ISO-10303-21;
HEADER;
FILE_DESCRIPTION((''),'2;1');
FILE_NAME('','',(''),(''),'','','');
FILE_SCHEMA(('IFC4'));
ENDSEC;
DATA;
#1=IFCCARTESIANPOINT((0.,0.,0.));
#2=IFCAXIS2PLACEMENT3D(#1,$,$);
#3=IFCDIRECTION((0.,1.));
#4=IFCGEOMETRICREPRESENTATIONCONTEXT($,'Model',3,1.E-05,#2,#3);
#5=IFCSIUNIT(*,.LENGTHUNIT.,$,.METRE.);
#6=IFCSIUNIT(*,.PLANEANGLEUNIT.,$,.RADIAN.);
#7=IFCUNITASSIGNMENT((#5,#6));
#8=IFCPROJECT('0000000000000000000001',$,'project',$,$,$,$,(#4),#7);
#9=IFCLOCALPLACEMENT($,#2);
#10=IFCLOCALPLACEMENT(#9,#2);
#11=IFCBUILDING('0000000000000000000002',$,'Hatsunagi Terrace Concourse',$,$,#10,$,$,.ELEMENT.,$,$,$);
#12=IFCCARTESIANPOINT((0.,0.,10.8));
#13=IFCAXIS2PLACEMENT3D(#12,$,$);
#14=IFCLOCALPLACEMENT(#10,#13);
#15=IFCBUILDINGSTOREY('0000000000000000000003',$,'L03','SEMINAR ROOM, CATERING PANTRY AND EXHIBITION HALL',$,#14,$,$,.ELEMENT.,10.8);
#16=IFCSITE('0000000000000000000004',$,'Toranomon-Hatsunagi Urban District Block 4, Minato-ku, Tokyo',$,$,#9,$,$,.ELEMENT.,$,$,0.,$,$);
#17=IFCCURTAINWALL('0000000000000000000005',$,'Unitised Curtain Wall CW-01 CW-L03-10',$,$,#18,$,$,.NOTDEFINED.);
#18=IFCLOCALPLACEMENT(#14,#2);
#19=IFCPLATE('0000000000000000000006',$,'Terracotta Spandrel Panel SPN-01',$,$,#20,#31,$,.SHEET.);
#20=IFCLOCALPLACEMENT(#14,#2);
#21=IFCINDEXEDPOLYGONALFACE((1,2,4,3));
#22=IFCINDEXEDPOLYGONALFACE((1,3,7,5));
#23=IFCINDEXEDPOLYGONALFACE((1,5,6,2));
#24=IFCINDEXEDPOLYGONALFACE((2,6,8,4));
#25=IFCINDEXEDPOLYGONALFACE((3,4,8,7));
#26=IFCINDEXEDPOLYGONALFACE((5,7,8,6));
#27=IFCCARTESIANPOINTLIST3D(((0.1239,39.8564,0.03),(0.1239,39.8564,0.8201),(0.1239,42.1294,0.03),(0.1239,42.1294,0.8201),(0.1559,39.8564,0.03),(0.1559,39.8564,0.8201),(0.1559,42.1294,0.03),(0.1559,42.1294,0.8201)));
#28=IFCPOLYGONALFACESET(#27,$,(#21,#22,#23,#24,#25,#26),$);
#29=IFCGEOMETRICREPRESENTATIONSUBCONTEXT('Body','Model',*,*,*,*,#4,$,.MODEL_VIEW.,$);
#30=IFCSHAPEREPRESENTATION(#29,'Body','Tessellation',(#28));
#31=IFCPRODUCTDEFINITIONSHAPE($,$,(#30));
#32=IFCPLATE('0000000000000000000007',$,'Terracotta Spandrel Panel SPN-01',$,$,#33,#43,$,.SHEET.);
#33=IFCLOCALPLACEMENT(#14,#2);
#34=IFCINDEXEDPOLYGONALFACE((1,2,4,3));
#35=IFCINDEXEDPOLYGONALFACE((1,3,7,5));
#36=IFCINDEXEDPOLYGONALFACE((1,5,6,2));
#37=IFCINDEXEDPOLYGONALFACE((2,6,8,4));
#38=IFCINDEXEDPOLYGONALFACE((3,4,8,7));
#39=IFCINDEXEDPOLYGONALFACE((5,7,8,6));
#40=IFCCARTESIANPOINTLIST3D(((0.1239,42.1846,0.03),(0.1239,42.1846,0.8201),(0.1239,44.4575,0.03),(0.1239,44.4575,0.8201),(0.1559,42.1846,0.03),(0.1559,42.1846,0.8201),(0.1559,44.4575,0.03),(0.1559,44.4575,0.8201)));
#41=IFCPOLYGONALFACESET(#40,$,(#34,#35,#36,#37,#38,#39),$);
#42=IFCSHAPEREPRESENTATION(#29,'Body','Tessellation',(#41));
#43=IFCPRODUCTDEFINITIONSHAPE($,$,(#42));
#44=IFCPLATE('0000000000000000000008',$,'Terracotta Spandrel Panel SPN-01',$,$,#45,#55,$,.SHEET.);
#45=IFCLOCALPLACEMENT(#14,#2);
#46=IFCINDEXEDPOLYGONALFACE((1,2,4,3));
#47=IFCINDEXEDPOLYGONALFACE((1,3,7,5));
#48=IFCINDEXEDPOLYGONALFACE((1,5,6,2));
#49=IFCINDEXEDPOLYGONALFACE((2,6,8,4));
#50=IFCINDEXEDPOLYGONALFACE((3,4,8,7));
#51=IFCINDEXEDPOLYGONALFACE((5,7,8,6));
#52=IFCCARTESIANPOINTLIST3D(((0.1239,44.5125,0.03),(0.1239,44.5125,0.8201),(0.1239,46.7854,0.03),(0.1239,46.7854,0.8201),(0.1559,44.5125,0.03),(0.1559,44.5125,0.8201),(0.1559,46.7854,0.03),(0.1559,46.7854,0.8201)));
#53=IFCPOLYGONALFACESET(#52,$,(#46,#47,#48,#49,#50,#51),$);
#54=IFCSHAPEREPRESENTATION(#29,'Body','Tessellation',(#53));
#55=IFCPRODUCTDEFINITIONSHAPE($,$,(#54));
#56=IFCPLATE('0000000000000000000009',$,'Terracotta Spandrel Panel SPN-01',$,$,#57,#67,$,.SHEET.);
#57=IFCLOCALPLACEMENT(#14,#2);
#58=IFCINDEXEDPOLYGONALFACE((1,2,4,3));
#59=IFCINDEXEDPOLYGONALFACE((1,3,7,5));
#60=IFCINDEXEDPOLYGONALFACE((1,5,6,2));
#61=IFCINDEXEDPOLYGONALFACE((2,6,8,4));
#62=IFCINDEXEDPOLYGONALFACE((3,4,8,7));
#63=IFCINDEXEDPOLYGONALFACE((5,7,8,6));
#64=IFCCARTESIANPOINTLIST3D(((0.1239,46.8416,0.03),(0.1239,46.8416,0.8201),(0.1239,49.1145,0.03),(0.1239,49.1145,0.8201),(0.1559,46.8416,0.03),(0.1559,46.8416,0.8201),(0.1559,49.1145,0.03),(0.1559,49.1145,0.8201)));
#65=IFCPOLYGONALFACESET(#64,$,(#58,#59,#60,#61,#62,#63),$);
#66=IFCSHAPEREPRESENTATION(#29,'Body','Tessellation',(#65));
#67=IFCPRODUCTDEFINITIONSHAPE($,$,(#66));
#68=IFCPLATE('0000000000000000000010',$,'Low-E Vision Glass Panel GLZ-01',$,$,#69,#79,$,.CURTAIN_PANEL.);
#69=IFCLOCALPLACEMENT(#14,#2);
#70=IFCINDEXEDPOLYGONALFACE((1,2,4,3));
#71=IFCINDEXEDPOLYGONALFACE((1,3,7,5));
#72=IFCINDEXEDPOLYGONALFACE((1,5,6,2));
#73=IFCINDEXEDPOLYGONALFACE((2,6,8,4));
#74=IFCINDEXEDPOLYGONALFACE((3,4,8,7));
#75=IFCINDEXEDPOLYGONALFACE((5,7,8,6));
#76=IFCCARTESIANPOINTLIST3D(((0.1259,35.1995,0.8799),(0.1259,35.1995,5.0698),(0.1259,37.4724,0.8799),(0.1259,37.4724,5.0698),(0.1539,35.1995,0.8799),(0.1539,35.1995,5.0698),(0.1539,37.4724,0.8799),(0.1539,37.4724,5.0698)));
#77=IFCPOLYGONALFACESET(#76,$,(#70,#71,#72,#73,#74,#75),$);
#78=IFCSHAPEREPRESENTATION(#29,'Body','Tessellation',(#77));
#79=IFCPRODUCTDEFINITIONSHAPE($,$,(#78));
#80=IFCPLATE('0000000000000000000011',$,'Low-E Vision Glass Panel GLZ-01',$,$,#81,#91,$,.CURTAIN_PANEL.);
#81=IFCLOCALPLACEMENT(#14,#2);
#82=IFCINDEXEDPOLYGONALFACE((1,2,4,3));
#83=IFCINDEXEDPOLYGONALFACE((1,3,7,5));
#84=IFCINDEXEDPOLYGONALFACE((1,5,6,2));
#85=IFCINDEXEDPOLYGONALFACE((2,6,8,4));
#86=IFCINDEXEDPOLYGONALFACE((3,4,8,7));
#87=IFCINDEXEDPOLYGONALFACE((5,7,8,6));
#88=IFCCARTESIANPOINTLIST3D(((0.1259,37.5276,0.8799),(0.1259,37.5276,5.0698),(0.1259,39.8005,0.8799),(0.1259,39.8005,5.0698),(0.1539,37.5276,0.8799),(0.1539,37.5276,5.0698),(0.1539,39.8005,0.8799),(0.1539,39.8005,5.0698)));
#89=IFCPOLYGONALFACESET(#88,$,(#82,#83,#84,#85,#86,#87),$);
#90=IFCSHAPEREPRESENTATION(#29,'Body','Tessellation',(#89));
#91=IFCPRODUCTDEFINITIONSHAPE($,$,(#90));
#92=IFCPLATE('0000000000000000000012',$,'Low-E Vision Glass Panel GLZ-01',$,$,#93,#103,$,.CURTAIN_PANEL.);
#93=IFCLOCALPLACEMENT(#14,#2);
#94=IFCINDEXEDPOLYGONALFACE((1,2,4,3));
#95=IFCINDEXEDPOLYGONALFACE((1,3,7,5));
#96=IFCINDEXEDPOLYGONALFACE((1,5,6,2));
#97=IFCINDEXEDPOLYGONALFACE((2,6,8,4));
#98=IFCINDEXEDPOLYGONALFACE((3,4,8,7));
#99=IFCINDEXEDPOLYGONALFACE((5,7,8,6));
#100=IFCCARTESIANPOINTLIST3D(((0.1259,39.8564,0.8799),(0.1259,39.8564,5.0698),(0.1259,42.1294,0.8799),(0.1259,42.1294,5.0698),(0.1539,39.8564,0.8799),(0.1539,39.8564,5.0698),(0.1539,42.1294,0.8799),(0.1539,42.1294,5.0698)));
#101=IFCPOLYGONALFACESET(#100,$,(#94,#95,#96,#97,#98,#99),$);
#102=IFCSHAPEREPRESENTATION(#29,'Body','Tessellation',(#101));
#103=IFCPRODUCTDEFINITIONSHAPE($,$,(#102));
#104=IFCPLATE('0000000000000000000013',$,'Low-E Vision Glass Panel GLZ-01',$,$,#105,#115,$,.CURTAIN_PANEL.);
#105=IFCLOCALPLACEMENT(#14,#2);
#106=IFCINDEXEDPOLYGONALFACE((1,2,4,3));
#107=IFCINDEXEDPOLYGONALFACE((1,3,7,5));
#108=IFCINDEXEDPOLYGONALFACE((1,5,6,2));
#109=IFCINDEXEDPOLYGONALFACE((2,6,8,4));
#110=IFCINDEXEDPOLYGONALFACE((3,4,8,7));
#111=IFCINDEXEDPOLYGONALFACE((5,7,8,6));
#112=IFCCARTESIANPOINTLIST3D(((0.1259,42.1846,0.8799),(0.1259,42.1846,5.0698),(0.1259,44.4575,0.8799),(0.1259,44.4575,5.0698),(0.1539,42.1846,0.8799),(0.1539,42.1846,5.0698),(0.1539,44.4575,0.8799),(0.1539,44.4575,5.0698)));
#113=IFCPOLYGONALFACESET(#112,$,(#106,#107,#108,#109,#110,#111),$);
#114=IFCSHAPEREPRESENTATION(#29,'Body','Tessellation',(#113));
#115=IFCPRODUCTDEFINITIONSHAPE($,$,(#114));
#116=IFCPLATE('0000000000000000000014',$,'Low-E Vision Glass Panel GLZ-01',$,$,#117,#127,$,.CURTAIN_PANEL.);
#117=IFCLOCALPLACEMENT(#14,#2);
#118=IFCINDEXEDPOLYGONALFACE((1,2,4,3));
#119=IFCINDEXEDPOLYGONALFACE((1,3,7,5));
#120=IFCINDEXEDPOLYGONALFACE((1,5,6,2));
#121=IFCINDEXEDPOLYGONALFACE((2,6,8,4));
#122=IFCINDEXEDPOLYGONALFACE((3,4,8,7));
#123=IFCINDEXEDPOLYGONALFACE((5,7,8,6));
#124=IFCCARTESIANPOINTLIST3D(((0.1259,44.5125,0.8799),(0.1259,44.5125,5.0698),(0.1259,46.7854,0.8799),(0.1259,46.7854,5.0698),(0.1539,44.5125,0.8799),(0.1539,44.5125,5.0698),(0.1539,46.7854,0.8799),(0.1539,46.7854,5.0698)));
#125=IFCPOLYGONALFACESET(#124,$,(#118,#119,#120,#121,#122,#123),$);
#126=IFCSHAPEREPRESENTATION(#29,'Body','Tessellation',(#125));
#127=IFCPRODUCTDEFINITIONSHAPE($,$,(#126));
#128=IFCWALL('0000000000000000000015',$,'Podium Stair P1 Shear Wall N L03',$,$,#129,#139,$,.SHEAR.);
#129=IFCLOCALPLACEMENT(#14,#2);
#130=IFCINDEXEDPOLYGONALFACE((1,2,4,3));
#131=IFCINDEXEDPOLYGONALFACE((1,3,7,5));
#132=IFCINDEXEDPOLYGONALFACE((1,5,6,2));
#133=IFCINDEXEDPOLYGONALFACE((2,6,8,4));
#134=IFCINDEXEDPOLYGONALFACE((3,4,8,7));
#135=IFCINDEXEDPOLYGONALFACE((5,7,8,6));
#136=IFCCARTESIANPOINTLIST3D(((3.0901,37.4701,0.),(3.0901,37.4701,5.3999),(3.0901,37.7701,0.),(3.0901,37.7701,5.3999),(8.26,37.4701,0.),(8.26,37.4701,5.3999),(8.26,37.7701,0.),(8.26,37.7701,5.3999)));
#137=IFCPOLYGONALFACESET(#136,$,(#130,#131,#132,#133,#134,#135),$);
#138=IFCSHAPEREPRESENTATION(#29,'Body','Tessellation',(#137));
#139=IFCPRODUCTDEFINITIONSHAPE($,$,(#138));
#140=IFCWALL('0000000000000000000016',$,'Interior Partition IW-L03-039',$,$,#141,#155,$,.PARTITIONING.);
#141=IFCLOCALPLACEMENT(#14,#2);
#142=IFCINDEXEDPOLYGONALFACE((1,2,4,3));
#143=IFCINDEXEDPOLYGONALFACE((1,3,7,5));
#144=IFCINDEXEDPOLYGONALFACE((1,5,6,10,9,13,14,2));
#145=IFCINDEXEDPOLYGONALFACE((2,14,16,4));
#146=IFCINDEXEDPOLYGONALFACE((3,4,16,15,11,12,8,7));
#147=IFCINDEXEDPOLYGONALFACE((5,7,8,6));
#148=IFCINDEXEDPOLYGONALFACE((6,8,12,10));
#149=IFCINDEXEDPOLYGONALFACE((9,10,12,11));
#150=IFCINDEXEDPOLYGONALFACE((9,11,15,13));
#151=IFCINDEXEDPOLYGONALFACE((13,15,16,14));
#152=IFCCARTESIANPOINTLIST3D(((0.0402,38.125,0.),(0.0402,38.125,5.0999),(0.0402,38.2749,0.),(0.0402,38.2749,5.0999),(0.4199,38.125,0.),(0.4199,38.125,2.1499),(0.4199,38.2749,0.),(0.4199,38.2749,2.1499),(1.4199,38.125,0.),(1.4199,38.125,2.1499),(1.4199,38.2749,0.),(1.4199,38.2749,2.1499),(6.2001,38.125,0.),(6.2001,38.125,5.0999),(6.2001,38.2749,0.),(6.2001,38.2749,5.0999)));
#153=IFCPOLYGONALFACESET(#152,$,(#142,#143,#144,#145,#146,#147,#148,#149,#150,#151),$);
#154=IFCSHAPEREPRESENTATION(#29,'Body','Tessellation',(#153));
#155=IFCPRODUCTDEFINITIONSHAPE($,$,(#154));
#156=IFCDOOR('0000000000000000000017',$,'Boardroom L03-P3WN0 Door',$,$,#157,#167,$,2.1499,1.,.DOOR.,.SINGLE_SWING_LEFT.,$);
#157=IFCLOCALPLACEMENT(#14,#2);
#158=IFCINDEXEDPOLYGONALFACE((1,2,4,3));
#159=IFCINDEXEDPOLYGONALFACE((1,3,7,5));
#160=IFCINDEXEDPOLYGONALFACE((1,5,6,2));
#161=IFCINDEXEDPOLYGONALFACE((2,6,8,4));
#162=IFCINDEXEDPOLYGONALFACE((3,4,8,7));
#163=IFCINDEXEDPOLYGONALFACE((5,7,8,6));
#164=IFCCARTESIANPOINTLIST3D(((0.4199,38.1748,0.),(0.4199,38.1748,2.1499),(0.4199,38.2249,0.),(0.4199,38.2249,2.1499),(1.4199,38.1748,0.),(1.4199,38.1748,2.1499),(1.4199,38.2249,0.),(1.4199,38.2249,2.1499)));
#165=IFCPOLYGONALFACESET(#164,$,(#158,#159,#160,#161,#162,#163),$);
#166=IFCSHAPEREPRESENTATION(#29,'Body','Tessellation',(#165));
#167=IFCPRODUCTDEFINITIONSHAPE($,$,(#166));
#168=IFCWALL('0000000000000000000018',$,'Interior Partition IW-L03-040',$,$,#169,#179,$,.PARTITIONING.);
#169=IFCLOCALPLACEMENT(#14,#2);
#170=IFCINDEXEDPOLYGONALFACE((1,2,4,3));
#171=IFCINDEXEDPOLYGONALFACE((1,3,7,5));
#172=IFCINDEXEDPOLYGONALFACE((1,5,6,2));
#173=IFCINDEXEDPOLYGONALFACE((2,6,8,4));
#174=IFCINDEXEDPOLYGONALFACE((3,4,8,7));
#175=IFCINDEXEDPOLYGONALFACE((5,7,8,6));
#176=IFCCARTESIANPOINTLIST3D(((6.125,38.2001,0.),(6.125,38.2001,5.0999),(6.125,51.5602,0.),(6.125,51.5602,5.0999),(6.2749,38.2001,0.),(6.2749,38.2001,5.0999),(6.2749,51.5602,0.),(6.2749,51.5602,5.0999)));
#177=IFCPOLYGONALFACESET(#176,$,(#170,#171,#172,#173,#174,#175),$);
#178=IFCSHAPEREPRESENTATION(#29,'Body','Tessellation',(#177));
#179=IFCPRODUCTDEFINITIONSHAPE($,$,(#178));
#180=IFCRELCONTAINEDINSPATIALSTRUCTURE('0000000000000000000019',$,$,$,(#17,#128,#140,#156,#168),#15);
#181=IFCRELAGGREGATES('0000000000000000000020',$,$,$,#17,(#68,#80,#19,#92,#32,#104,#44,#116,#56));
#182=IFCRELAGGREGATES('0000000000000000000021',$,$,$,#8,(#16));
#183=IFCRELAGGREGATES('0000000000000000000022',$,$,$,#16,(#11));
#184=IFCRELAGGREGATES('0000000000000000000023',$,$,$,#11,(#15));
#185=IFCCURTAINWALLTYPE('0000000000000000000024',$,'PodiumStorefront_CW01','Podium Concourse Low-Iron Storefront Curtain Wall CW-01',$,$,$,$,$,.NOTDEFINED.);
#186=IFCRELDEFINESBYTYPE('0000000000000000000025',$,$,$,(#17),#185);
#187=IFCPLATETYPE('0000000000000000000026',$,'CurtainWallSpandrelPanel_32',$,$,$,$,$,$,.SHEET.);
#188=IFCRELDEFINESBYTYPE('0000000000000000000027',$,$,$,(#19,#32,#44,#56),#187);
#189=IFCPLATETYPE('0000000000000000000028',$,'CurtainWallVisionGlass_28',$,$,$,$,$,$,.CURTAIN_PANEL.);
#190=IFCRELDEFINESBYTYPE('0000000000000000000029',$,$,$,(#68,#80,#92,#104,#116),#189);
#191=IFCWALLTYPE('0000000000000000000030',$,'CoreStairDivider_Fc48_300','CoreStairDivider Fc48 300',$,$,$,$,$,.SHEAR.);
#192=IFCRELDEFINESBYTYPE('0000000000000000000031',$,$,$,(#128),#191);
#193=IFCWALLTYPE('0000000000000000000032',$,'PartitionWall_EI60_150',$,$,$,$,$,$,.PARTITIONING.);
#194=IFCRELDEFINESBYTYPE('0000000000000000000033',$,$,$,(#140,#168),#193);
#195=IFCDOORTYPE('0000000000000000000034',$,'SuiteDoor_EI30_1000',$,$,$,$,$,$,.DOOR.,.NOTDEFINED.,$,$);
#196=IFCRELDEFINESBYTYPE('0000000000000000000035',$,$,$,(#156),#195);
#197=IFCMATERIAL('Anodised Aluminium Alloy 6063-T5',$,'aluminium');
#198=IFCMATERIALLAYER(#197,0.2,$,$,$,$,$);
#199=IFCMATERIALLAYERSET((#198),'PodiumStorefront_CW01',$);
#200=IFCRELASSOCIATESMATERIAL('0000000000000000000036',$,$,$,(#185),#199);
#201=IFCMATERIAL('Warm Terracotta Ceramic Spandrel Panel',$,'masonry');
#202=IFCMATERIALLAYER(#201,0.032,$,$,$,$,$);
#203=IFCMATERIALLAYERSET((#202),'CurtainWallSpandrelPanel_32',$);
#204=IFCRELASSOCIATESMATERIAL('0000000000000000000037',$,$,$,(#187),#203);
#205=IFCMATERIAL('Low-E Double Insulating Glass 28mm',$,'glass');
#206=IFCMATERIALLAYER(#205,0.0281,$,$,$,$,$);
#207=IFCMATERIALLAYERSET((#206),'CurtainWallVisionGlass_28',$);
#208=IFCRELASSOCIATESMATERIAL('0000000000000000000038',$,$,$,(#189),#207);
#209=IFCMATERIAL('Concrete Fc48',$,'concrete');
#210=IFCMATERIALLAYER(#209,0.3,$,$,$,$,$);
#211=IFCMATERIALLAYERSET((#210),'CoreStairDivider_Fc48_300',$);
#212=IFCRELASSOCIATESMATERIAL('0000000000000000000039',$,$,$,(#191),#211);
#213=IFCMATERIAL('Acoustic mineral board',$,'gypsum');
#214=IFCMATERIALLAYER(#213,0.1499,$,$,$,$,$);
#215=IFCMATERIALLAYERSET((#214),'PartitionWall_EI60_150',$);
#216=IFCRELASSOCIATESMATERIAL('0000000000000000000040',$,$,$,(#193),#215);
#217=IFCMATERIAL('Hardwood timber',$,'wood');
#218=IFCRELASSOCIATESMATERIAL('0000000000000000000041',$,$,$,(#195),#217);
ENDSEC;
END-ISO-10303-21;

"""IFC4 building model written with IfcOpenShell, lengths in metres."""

from ifc_helpers import new_model, si_unit, direction, frame, frame_2d, origin, origin_2d, place, context, subcontext, project, spatial, rectangle, extrude, material, layer, layer_set, type_object, element, fill, aggregate, save


model = new_model("IFC4")

# Units and contexts
model_context = context("Model", 3, precision=1e-05, world=origin(), true_north=direction((0.0, 1.0)))
body_context = subcontext(model_context, "Body", "Model", "MODEL_VIEW")
ifc_project = project(units=[si_unit("LENGTHUNIT", "METRE"), si_unit("PLANEANGLEUNIT", "RADIAN")], contexts=[model_context])

# Site, building, storey
site_placement = place(None, origin())
site = spatial("IfcSite", under=ifc_project, at=site_placement, Name="Toranomon-Hatsunagi Urban District Block 4, Minato-ku, Tokyo", CompositionType="ELEMENT", RefElevation=0.0)
building_placement = place(site_placement, origin())
building = spatial("IfcBuilding", under=site, at=building_placement, Name="Hatsunagi Terrace Concourse", CompositionType="ELEMENT")
storey_placement = place(building_placement, frame((0.0, 0.0, 10.8)))
storey = spatial("IfcBuildingStorey", under=building, at=storey_placement, Name="L03", Description="SEMINAR ROOM, CATERING PANTRY AND EXHIBITION HALL", CompositionType="ELEMENT", Elevation=10.8)

# Curtain wall
ifc_material_1 = material(Name="Anodised Aluminium Alloy 6063-T5", Category="aluminium")
ifc_layer_1 = layer(ifc_material_1, 0.2)
ifc_layer_set_1 = layer_set([ifc_layer_1], Name="PodiumStorefront_CW01")
curtain_wall_type = type_object("IfcCurtainWallType", Name="PodiumStorefront_CW01", Description="Podium Concourse Low-Iron Storefront Curtain Wall CW-01", PredefinedType="NOTDEFINED", material=ifc_layer_set_1)
curtain_wall_placement = place(storey_placement, origin())
curtain_wall = element("IfcCurtainWall", 1, at=curtain_wall_placement, inside=storey, type_object=curtain_wall_type, Name="Unitised Curtain Wall CW-01 CW-L03-10", PredefinedType="NOTDEFINED")

# Plates
ifc_material_2 = material(Name="Warm Terracotta Ceramic Spandrel Panel", Category="masonry")
ifc_layer_2 = layer(ifc_material_2, 0.032)
ifc_layer_set_2 = layer_set([ifc_layer_2], Name="CurtainWallSpandrelPanel_32")
plate_type_1 = type_object("IfcPlateType", Name="CurtainWallSpandrelPanel_32", PredefinedType="SHEET", material=ifc_layer_set_2)
plate_1_placement = place(storey_placement, frame((0.1399, 40.9929, 0.03), z_axis=(0.0, 0.0, 1.0), x_axis=(0.0, 1.0, 0.0)))
plate_1 = element("IfcPlate", 2, at=plate_1_placement, type_object=plate_type_1, Name="Terracotta Spandrel Panel SPN-01", PredefinedType="SHEET", context=body_context, shape_type="SweptSolid", body=[
    extrude(rectangle(XDim=2.2729, YDim=0.032, at=origin_2d()), origin(), (0.0, 0.0, 1.0), 0.79),
])
plate_2_placement = place(storey_placement, frame((0.1399, 43.321, 0.03), z_axis=(0.0, 0.0, 1.0), x_axis=(0.0, 1.0, 0.0)))
plate_2 = element("IfcPlate", 3, at=plate_2_placement, type_object=plate_type_1, Name="Terracotta Spandrel Panel SPN-01", PredefinedType="SHEET", context=body_context, shape_type="SweptSolid", body=[
    extrude(rectangle(XDim=2.2729, YDim=0.032, at=origin_2d()), origin(), (0.0, 0.0, 1.0), 0.79),
])
plate_3_placement = place(storey_placement, frame((0.1399, 45.6489, 0.03), z_axis=(0.0, 0.0, 1.0), x_axis=(0.0, 1.0, 0.0)))
plate_3 = element("IfcPlate", 4, at=plate_3_placement, type_object=plate_type_1, Name="Terracotta Spandrel Panel SPN-01", PredefinedType="SHEET", context=body_context, shape_type="SweptSolid", body=[
    extrude(rectangle(XDim=2.2729, YDim=0.032, at=origin_2d()), origin(), (0.0, 0.0, 1.0), 0.79),
])
plate_4_placement = place(storey_placement, frame((0.1399, 47.978, 0.03), z_axis=(0.0, 0.0, 1.0), x_axis=(0.0, 1.0, 0.0)))
plate_4 = element("IfcPlate", 5, at=plate_4_placement, type_object=plate_type_1, Name="Terracotta Spandrel Panel SPN-01", PredefinedType="SHEET", context=body_context, shape_type="SweptSolid", body=[
    extrude(rectangle(XDim=2.2729, YDim=0.032, at=origin_2d()), origin(), (0.0, 0.0, 1.0), 0.79),
])
ifc_material_3 = material(Name="Low-E Double Insulating Glass 28mm", Category="glass")
ifc_layer_3 = layer(ifc_material_3, 0.0281)
ifc_layer_set_3 = layer_set([ifc_layer_3], Name="CurtainWallVisionGlass_28")
plate_type_2 = type_object("IfcPlateType", Name="CurtainWallVisionGlass_28", PredefinedType="CURTAIN_PANEL", material=ifc_layer_set_3)
plate_5_placement = place(storey_placement, frame((0.1399, 36.3359, 0.8799), z_axis=(0.0, 0.0, 1.0), x_axis=(0.0, 1.0, 0.0)))
plate_5 = element("IfcPlate", 6, at=plate_5_placement, type_object=plate_type_2, Name="Low-E Vision Glass Panel GLZ-01", PredefinedType="CURTAIN_PANEL", context=body_context, shape_type="SweptSolid", body=[
    extrude(rectangle(XDim=2.2729, YDim=0.0281, at=origin_2d()), origin(), (0.0, 0.0, 1.0), 4.1899),
])
plate_6_placement = place(storey_placement, frame((0.1399, 38.6641, 0.8799), z_axis=(0.0, 0.0, 1.0), x_axis=(0.0, 1.0, 0.0)))
plate_6 = element("IfcPlate", 7, at=plate_6_placement, type_object=plate_type_2, Name="Low-E Vision Glass Panel GLZ-01", PredefinedType="CURTAIN_PANEL", context=body_context, shape_type="SweptSolid", body=[
    extrude(rectangle(XDim=2.2729, YDim=0.0281, at=origin_2d()), origin(), (0.0, 0.0, 1.0), 4.1899),
])
plate_7_placement = place(storey_placement, frame((0.1399, 40.9929, 0.8799), z_axis=(0.0, 0.0, 1.0), x_axis=(0.0, 1.0, 0.0)))
plate_7 = element("IfcPlate", 8, at=plate_7_placement, type_object=plate_type_2, Name="Low-E Vision Glass Panel GLZ-01", PredefinedType="CURTAIN_PANEL", context=body_context, shape_type="SweptSolid", body=[
    extrude(rectangle(XDim=2.2729, YDim=0.0281, at=origin_2d()), origin(), (0.0, 0.0, 1.0), 4.1899),
])
plate_8_placement = place(storey_placement, frame((0.1399, 43.321, 0.8799), z_axis=(0.0, 0.0, 1.0), x_axis=(0.0, 1.0, 0.0)))
plate_8 = element("IfcPlate", 9, at=plate_8_placement, type_object=plate_type_2, Name="Low-E Vision Glass Panel GLZ-01", PredefinedType="CURTAIN_PANEL", context=body_context, shape_type="SweptSolid", body=[
    extrude(rectangle(XDim=2.2729, YDim=0.0281, at=origin_2d()), origin(), (0.0, 0.0, 1.0), 4.1899),
])
plate_9_placement = place(storey_placement, frame((0.1399, 45.6489, 0.8799), z_axis=(0.0, 0.0, 1.0), x_axis=(0.0, 1.0, 0.0)))
plate_9 = element("IfcPlate", 10, at=plate_9_placement, type_object=plate_type_2, Name="Low-E Vision Glass Panel GLZ-01", PredefinedType="CURTAIN_PANEL", context=body_context, shape_type="SweptSolid", body=[
    extrude(rectangle(XDim=2.2729, YDim=0.0281, at=origin_2d()), origin(), (0.0, 0.0, 1.0), 4.1899),
])
aggregate(curtain_wall, [plate_5, plate_6, plate_1, plate_7, plate_2, plate_8, plate_3, plate_9, plate_4])

# Wall
ifc_material_4 = material(Name="Concrete Fc48", Category="concrete")
ifc_layer_4 = layer(ifc_material_4, 0.3)
ifc_layer_set_4 = layer_set([ifc_layer_4], Name="CoreStairDivider_Fc48_300")
wall_type_1 = type_object("IfcWallType", Name="CoreStairDivider_Fc48_300", Description="CoreStairDivider Fc48 300", PredefinedType="SHEAR", material=ifc_layer_set_4)
wall_1_placement = place(storey_placement, frame((3.0901, 37.6201, 0.0), z_axis=(0.0, 0.0, 1.0), x_axis=(1.0, 0.0, 0.0)))
element("IfcWall", 11, at=wall_1_placement, inside=storey, type_object=wall_type_1, Name="Podium Stair P1 Shear Wall N L03", PredefinedType="SHEAR", context=body_context, shape_type="SweptSolid", body=[
    extrude(rectangle(XDim=5.1699, YDim=0.3, at=frame_2d((2.585, 0.0))), origin(), (0.0, 0.0, 1.0), 5.3999),
])

# Wall, opening, door
ifc_material_5 = material(Name="Acoustic mineral board", Category="gypsum")
ifc_layer_5 = layer(ifc_material_5, 0.1499)
ifc_layer_set_5 = layer_set([ifc_layer_5], Name="PartitionWall_EI60_150")
wall_type_2 = type_object("IfcWallType", Name="PartitionWall_EI60_150", PredefinedType="PARTITIONING", material=ifc_layer_set_5)
wall_2_placement = place(storey_placement, frame((0.04, 38.2, 0.0), z_axis=(0.0, 0.0, 1.0), x_axis=(1.0, 0.0, 0.0)))
wall_2 = element("IfcWall", 12, at=wall_2_placement, inside=storey, type_object=wall_type_2, Name="Interior Partition IW-L03-039", PredefinedType="PARTITIONING", context=body_context, shape_type="SweptSolid", body=[
    extrude(rectangle(XDim=6.1599, YDim=0.1499, at=frame_2d((3.0801, 0.0))), origin(), (0.0, 0.0, 1.0), 5.0999),
])
opening_1_placement = place(wall_2_placement, frame((0.3799, 0.0, 0.0)))
opening_1 = element("IfcOpeningElement", 13, at=opening_1_placement, cuts=wall_2, PredefinedType="OPENING", context=body_context, shape_type="SweptSolid", body=[
    extrude(rectangle(XDim=1.0, YDim=2.1499, at=frame_2d((0.5, 1.075))), frame((0.0, 0.085, 0.0), z_axis=(0.0, -1.0, 0.0), x_axis=(1.0, 0.0, 0.0)), (0.0, 0.0, 1.0), 0.1699),
])
ifc_material_6 = material(Name="Hardwood timber", Category="wood")
door_type = type_object("IfcDoorType", Name="SuiteDoor_EI30_1000", OperationType="NOTDEFINED", PredefinedType="DOOR", material=ifc_material_6)
door_1_placement = place(opening_1_placement, origin())
door_1 = element("IfcDoor", 14, at=door_1_placement, inside=storey, type_object=door_type, Name="Boardroom L03-P3WN0 Door", OperationType="SINGLE_SWING_LEFT", OverallHeight=2.1499, OverallWidth=1.0, PredefinedType="DOOR", context=body_context, shape_type="SweptSolid", body=[
    extrude(rectangle(XDim=1.0, YDim=2.1499, at=frame_2d((0.5, 1.075))), frame((0.0, 0.0249, 0.0), z_axis=(0.0, -1.0, 0.0), x_axis=(1.0, 0.0, 0.0)), (0.0, 0.0, 1.0), 0.05),
])
fill(opening_1, door_1)

# Wall
wall_3_placement = place(storey_placement, frame((6.2, 38.2, 0.0), z_axis=(0.0, 0.0, 1.0), x_axis=(0.0, 1.0, 0.0)))
element("IfcWall", 15, at=wall_3_placement, inside=storey, type_object=wall_type_2, Name="Interior Partition IW-L03-040", PredefinedType="PARTITIONING", context=body_context, shape_type="SweptSolid", body=[
    extrude(rectangle(XDim=13.3601, YDim=0.1499, at=frame_2d((6.6802, 0.0))), origin(), (0.0, 0.0, 1.0), 5.0999),
])

save(model, "model.ifc")
